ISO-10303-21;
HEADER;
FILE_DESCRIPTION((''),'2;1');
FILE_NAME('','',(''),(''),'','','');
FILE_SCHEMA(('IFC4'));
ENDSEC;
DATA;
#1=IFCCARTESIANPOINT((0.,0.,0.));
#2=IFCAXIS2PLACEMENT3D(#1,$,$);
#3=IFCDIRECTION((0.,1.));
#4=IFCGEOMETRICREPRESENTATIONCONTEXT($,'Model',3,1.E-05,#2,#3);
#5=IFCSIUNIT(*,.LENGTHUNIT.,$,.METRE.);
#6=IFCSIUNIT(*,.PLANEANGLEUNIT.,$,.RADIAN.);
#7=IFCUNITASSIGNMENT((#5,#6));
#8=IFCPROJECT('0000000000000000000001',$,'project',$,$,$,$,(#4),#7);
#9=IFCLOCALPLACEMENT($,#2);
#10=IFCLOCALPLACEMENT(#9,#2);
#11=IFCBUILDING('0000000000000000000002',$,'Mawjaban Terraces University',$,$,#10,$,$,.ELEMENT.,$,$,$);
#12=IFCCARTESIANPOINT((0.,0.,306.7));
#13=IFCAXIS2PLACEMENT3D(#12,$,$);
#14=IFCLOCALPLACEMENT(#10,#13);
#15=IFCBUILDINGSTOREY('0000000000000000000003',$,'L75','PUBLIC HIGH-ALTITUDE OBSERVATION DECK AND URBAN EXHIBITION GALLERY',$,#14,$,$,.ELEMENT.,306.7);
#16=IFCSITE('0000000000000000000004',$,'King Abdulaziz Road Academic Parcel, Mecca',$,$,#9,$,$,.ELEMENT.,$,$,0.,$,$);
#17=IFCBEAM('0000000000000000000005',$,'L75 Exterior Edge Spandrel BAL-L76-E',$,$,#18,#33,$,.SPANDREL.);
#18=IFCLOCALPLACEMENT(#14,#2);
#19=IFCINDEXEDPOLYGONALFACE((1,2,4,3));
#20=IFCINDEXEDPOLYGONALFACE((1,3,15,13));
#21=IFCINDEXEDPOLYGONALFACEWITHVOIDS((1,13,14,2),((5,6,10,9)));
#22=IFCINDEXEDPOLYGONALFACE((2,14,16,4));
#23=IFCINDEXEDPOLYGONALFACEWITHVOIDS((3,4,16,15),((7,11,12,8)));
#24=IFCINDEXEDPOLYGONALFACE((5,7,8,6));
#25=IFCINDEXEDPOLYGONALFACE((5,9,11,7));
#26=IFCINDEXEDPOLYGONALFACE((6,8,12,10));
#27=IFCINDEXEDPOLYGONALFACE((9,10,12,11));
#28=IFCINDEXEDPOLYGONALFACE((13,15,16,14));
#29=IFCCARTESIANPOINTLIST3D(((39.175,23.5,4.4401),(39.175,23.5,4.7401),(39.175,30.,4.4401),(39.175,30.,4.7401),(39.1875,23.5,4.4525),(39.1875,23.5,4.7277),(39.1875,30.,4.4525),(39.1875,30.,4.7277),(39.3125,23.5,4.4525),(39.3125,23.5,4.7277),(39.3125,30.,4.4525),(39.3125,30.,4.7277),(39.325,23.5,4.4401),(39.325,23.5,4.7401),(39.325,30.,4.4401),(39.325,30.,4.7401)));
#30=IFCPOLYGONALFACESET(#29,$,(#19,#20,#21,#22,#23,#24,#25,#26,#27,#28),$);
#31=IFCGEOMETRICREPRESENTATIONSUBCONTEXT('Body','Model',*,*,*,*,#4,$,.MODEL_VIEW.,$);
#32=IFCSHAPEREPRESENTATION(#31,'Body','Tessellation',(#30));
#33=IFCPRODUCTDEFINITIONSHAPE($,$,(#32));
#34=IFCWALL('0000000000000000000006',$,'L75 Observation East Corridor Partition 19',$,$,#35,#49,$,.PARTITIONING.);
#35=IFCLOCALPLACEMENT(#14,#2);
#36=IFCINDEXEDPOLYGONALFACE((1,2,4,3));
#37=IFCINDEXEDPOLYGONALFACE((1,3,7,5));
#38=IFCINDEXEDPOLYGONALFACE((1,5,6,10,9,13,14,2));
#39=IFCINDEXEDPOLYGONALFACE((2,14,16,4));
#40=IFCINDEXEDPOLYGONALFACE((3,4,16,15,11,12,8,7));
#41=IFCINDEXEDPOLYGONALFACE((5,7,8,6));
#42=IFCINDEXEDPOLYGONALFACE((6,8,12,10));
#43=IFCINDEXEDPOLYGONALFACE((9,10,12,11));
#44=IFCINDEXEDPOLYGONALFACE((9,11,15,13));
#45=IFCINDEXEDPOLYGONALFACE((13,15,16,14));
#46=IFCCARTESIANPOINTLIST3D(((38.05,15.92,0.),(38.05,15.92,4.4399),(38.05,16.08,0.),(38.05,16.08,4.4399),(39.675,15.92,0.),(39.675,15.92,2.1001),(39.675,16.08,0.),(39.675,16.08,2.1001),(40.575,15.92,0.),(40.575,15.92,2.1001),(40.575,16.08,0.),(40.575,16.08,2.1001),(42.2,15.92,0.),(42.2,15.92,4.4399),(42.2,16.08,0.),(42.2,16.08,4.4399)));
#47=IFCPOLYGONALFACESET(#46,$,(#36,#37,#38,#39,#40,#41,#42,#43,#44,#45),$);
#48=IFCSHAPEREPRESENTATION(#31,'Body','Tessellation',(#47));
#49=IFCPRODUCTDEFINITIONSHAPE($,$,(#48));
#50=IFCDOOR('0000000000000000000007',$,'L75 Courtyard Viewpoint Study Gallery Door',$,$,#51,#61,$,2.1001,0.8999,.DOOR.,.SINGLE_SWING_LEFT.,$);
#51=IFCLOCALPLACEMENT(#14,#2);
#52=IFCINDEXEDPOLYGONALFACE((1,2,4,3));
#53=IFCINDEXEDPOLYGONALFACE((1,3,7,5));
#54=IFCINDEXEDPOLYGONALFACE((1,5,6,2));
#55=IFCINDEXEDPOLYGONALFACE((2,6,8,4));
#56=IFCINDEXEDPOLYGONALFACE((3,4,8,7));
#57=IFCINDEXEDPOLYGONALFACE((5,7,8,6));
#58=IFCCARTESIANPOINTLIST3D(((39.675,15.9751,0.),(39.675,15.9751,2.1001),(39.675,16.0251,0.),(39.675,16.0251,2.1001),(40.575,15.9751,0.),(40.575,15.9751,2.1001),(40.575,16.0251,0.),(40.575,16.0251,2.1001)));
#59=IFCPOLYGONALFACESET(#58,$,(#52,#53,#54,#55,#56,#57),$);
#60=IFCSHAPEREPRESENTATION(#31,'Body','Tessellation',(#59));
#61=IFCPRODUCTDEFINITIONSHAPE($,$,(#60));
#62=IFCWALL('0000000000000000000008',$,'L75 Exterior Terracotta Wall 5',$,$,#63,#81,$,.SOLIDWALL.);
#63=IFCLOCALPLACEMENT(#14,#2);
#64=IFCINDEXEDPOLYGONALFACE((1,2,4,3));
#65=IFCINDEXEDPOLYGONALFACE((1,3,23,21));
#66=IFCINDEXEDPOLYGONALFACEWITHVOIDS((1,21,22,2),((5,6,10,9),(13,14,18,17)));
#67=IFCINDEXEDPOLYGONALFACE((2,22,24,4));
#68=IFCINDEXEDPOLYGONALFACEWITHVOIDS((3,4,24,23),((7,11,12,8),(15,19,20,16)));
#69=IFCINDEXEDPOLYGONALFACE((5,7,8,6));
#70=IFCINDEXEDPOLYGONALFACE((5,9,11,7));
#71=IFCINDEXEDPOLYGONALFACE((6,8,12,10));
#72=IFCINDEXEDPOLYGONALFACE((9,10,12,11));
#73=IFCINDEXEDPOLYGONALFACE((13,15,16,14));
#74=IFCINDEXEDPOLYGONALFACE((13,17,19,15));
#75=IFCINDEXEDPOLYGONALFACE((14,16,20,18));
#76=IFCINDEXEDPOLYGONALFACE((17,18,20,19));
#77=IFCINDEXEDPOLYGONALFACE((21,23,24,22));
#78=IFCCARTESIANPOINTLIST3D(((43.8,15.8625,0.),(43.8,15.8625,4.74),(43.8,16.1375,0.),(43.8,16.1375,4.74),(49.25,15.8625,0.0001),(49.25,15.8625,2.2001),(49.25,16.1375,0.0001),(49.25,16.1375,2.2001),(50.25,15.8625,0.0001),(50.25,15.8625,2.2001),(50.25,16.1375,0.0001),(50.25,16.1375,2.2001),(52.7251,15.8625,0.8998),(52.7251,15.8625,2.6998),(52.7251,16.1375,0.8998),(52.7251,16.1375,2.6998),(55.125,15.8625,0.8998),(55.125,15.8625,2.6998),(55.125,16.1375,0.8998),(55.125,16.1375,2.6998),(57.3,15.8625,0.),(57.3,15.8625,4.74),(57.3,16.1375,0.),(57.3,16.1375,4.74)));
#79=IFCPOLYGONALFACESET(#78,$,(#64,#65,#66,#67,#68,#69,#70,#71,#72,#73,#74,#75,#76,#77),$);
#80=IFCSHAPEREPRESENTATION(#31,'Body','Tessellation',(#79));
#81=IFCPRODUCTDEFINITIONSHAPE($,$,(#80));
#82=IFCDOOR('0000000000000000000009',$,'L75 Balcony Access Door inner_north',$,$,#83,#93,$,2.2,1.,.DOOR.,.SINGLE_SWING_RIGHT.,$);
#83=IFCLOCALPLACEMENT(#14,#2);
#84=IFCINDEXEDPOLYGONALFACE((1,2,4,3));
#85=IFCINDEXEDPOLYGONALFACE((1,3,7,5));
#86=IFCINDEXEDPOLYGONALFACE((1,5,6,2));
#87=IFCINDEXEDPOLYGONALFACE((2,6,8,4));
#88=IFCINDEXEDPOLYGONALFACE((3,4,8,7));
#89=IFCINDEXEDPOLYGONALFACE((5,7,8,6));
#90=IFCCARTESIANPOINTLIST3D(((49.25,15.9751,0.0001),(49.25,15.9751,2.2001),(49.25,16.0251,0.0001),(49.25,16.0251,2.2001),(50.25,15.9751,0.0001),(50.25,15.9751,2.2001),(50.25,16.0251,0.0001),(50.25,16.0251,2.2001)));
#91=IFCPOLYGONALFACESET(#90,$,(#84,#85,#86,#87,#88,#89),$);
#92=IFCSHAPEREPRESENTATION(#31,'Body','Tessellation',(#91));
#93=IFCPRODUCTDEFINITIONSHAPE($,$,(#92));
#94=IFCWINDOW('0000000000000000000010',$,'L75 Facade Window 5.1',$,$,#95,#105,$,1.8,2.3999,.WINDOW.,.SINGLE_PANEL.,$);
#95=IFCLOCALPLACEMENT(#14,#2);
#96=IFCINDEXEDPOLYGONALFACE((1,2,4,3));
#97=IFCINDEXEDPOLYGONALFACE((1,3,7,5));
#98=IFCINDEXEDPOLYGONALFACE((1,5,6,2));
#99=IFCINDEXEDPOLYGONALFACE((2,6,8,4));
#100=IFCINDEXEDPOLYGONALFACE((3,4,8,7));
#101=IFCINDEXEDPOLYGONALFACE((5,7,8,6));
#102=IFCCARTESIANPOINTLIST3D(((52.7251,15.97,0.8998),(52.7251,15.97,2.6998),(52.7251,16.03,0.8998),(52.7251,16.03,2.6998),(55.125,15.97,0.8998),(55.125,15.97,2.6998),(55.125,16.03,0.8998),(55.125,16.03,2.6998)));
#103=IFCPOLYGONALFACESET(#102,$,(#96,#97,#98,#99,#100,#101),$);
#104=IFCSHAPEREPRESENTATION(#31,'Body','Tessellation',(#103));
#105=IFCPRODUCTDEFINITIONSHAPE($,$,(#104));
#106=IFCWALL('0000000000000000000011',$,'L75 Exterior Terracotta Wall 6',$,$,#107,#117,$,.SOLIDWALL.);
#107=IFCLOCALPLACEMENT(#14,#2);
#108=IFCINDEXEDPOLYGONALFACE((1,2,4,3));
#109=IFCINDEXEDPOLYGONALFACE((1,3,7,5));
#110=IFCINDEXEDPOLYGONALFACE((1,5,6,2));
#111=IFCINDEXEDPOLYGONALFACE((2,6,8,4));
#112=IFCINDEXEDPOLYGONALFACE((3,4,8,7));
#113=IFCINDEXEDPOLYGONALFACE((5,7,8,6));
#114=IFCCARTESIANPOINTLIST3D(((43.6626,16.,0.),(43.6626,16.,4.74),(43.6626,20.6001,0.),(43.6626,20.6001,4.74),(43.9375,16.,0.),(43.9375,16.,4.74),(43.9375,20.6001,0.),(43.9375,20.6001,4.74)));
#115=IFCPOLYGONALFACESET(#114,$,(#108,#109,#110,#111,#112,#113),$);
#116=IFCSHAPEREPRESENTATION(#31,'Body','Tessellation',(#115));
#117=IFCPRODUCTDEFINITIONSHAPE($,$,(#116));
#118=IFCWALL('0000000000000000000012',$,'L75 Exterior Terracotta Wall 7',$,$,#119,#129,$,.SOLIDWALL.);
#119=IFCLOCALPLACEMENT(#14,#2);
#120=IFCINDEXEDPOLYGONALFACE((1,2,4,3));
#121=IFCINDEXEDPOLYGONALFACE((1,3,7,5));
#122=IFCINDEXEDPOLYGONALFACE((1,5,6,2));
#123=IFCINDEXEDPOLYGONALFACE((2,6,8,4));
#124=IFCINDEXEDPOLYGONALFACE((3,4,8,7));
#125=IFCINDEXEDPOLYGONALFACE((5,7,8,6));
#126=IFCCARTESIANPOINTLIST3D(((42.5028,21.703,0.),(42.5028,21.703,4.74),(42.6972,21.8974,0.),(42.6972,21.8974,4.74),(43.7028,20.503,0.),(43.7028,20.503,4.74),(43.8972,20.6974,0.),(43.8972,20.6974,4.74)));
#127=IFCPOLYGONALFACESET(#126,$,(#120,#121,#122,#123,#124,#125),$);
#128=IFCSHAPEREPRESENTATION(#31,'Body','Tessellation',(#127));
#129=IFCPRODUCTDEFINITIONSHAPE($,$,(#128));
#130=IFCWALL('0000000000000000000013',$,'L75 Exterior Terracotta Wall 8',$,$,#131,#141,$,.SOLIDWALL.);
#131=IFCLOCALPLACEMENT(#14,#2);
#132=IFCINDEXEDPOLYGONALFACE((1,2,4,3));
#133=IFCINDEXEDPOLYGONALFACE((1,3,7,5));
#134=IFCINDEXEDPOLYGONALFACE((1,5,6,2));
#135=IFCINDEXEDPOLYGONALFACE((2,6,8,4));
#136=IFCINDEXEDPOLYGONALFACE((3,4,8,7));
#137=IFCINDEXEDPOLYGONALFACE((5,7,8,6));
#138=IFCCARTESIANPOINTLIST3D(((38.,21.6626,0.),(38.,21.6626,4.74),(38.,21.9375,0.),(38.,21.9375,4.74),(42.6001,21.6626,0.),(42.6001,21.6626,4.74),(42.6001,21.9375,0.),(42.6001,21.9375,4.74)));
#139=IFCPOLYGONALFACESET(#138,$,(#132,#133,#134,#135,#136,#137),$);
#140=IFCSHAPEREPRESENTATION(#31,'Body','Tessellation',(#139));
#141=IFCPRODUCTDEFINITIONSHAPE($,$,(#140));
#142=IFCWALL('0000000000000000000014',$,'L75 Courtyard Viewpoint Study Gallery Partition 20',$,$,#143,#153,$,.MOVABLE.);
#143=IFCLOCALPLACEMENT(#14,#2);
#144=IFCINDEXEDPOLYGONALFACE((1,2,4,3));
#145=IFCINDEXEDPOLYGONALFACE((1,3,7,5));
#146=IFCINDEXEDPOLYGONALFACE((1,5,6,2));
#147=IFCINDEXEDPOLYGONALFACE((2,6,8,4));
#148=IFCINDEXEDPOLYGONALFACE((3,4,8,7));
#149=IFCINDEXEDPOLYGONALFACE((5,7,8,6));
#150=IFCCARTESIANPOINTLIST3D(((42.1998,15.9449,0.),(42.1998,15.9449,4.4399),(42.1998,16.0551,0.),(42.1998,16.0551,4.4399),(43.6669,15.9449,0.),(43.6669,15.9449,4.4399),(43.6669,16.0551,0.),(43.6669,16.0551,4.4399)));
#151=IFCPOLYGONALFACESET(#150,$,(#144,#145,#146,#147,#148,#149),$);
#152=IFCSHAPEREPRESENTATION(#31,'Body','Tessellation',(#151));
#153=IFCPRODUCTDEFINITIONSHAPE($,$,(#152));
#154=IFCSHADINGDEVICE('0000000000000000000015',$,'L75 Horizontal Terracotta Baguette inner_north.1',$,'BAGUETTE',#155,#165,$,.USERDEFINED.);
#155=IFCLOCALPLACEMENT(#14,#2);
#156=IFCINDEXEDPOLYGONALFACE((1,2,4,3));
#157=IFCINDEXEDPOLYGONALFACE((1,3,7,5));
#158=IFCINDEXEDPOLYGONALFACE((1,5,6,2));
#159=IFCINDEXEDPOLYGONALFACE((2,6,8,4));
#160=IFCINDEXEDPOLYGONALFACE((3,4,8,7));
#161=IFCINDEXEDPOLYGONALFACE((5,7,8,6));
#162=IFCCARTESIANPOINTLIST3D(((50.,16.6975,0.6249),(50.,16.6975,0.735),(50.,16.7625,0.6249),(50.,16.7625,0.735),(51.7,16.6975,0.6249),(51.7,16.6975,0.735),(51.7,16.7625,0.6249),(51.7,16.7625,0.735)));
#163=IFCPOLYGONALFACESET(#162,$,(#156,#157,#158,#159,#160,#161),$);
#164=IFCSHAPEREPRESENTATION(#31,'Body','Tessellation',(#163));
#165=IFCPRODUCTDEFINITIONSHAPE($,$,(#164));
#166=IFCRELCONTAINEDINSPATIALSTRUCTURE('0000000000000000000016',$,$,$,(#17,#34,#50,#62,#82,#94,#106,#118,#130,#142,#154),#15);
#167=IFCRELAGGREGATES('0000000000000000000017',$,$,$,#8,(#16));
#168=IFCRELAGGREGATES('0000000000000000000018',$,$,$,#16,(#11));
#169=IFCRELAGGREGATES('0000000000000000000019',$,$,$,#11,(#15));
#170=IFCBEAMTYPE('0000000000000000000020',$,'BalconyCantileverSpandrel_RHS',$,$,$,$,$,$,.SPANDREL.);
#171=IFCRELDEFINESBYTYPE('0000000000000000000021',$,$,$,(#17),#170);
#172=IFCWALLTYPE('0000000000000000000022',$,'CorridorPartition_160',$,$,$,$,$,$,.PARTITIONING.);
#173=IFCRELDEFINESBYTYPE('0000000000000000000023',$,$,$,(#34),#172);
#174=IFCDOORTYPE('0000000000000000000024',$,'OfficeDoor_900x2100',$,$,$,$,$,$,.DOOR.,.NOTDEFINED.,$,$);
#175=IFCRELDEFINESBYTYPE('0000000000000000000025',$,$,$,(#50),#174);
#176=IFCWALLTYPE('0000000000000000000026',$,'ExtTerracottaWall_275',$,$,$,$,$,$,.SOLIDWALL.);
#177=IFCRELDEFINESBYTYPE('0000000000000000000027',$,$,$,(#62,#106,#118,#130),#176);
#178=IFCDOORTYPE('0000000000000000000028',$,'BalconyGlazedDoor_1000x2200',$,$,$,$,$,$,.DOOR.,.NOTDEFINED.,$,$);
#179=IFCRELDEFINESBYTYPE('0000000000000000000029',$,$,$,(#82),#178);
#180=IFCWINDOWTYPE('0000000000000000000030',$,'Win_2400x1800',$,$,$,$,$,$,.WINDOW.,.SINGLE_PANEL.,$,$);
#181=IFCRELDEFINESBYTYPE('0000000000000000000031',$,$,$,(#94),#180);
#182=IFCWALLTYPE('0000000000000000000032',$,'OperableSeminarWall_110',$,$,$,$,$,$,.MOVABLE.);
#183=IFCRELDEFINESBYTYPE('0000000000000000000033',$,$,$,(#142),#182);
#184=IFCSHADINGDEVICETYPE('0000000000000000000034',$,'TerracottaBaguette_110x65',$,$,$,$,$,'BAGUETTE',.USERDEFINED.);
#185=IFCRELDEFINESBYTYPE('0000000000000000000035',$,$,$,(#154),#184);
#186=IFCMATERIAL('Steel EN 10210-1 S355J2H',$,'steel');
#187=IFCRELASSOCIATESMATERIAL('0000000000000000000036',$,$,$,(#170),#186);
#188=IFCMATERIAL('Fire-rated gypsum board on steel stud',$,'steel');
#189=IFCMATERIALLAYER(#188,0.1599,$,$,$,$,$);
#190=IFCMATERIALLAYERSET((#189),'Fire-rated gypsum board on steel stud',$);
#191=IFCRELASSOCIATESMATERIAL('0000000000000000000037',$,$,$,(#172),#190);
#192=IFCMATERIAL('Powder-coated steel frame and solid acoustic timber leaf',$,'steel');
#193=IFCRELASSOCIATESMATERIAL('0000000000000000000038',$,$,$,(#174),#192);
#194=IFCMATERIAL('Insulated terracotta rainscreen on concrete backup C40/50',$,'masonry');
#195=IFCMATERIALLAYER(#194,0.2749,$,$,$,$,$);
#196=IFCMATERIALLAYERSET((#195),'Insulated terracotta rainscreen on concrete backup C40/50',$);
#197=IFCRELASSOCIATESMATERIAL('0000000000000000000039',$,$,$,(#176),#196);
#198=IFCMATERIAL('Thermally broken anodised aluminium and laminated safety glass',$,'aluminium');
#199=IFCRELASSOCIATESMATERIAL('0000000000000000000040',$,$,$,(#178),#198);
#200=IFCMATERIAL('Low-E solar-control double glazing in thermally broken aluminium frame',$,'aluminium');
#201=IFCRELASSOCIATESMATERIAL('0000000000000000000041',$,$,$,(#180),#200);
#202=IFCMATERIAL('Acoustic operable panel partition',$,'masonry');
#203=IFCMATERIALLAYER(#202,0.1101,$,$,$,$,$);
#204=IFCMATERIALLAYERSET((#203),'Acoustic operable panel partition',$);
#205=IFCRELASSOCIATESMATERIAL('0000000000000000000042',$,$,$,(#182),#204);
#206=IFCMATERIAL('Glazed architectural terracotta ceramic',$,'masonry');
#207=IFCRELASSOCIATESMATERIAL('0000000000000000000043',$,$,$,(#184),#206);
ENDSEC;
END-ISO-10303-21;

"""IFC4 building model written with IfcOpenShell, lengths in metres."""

from ifc_helpers import new_model, si_unit, direction, frame, frame_2d, origin, origin_2d, place, context, subcontext, project, spatial, rectangle, hollow_rectangle, extrude, material, layer, layer_set, material_profile, profile_set, type_object, element, fill, save


model = new_model("IFC4")

# Units and contexts
model_context = context("Model", 3, precision=1e-05, world=origin(), true_north=direction((0.0, 1.0)))
body_context = subcontext(model_context, "Body", "Model", "MODEL_VIEW")
ifc_project = project(units=[si_unit("LENGTHUNIT", "METRE"), si_unit("PLANEANGLEUNIT", "RADIAN")], contexts=[model_context])

# Site, building, storey
site_placement = place(None, origin())
site = spatial("IfcSite", under=ifc_project, at=site_placement, Name="King Abdulaziz Road Academic Parcel, Mecca", CompositionType="ELEMENT", RefElevation=0.0)
building_placement = place(site_placement, origin())
building = spatial("IfcBuilding", under=site, at=building_placement, Name="Mawjaban Terraces University", CompositionType="ELEMENT")
storey_placement = place(building_placement, frame((0.0, 0.0, 306.7)))
storey = spatial("IfcBuildingStorey", under=building, at=storey_placement, Name="L75", Description="PUBLIC HIGH-ALTITUDE OBSERVATION DECK AND URBAN EXHIBITION GALLERY", CompositionType="ELEMENT", Elevation=306.7)

# Beam
ifc_material_1 = material(Name="Steel EN 10210-1 S355J2H", Category="steel")
ifc_material_profile_1 = material_profile(ifc_material_1, hollow_rectangle(XDim=0.1499, YDim=0.3, WallThickness=0.0125, at=origin_2d()), Name="RHS300X150X12.5")
ifc_profile_set_1 = profile_set([ifc_material_profile_1], Name="Steel EN 10210-1 S355J2H")
beam_type = type_object("IfcBeamType", Name="BalconyCantileverSpandrel_RHS", PredefinedType="SPANDREL", material=ifc_profile_set_1)
beam_placement = place(storey_placement, frame((39.25, 23.5, 4.5901), z_axis=(0.0, 1.0, 0.0), x_axis=(-1.0, 0.0, 0.0)))
element("IfcBeam", 1, at=beam_placement, inside=storey, type_object=beam_type, Name="L75 Exterior Edge Spandrel BAL-L76-E", PredefinedType="SPANDREL", context=body_context, shape_type="SweptSolid", body=[
    extrude(hollow_rectangle(XDim=0.1499, YDim=0.3, WallThickness=0.0125, at=origin_2d()), origin(), (0.0, 0.0, 1.0), 6.5),
])

# Wall, opening, door
ifc_material_2 = material(Name="Fire-rated gypsum board on steel stud", Category="steel")
ifc_layer_1 = layer(ifc_material_2, 0.1599)
ifc_layer_set_1 = layer_set([ifc_layer_1], Name="Fire-rated gypsum board on steel stud")
wall_type_1 = type_object("IfcWallType", Name="CorridorPartition_160", PredefinedType="PARTITIONING", material=ifc_layer_set_1)
wall_1_placement = place(storey_placement, frame((42.2, 16.0, 0.0), z_axis=(0.0, 0.0, 1.0), x_axis=(-1.0, 0.0, 0.0)))
wall_1 = element("IfcWall", 2, at=wall_1_placement, inside=storey, type_object=wall_type_1, Name="L75 Observation East Corridor Partition 19", PredefinedType="PARTITIONING", context=body_context, shape_type="SweptSolid", body=[
    extrude(rectangle(XDim=4.1499, YDim=0.1599, at=frame_2d((2.075, 0.0))), origin(), (0.0, 0.0, 1.0), 4.4399),
])
opening_1_placement = place(wall_1_placement, frame((1.625, 0.0, 0.0)))
opening_1 = element("IfcOpeningElement", 3, at=opening_1_placement, cuts=wall_1, PredefinedType="OPENING", context=body_context, shape_type="SweptSolid", body=[
    extrude(rectangle(XDim=0.8999, YDim=2.1001, at=frame_2d((0.45, 1.05))), frame((0.0, 0.0898, 0.0), z_axis=(0.0, -1.0, 0.0), x_axis=(1.0, 0.0, 0.0)), (0.0, 0.0, 1.0), 0.1799),
])
ifc_material_3 = material(Name="Powder-coated steel frame and solid acoustic timber leaf", Category="steel")
door_type_1 = type_object("IfcDoorType", Name="OfficeDoor_900x2100", OperationType="NOTDEFINED", PredefinedType="DOOR", material=ifc_material_3)
door_1_placement = place(opening_1_placement, origin())
door_1 = element("IfcDoor", 4, at=door_1_placement, inside=storey, type_object=door_type_1, Name="L75 Courtyard Viewpoint Study Gallery Door", OperationType="SINGLE_SWING_LEFT", OverallHeight=2.1001, OverallWidth=0.8999, PredefinedType="DOOR", context=body_context, shape_type="SweptSolid", body=[
    extrude(rectangle(XDim=0.8999, YDim=2.1001, at=frame_2d((0.45, 1.05))), frame((0.0, 0.0249, 0.0), z_axis=(0.0, -1.0, 0.0), x_axis=(1.0, 0.0, 0.0)), (0.0, 0.0, 1.0), 0.05),
])
fill(opening_1, door_1)

# Wall, openings, door, window
ifc_material_4 = material(Name="Insulated terracotta rainscreen on concrete backup C40/50", Category="masonry")
ifc_layer_2 = layer(ifc_material_4, 0.2749)
ifc_layer_set_2 = layer_set([ifc_layer_2], Name="Insulated terracotta rainscreen on concrete backup C40/50")
wall_type_2 = type_object("IfcWallType", Name="ExtTerracottaWall_275", PredefinedType="SOLIDWALL", material=ifc_layer_set_2)
wall_2_placement = place(storey_placement, frame((57.3, 16.0, 0.0), z_axis=(0.0, 0.0, 1.0), x_axis=(-1.0, 0.0, 0.0)))
wall_2 = element("IfcWall", 5, at=wall_2_placement, inside=storey, type_object=wall_type_2, Name="L75 Exterior Terracotta Wall 5", PredefinedType="SOLIDWALL", context=body_context, shape_type="SweptSolid", body=[
    extrude(rectangle(XDim=13.5, YDim=0.2749, at=frame_2d((6.75, 0.0))), origin(), (0.0, 0.0, 1.0), 4.74),
])
opening_2_placement = place(wall_2_placement, frame((7.05, 0.0, 0.0)))
opening_2 = element("IfcOpeningElement", 6, at=opening_2_placement, cuts=wall_2, PredefinedType="OPENING", context=body_context, shape_type="SweptSolid", body=[
    extrude(rectangle(XDim=1.0, YDim=2.2, at=frame_2d((0.5, 1.1001))), frame((0.0, 0.1475, 0.0), z_axis=(0.0, -1.0, 0.0), x_axis=(1.0, 0.0, 0.0)), (0.0, 0.0, 1.0), 0.2949),
])
opening_3_placement = place(wall_2_placement, frame((2.175, 0.0, 0.8999)))
opening_3 = element("IfcOpeningElement", 7, at=opening_3_placement, cuts=wall_2, PredefinedType="OPENING", context=body_context, shape_type="SweptSolid", body=[
    extrude(rectangle(XDim=2.3999, YDim=1.8, at=frame_2d((1.2, 0.8999))), frame((0.0, 0.1475, 0.0), z_axis=(0.0, -1.0, 0.0), x_axis=(1.0, 0.0, 0.0)), (0.0, 0.0, 1.0), 0.2949),
])
ifc_material_5 = material(Name="Thermally broken anodised aluminium and laminated safety glass", Category="aluminium")
door_type_2 = type_object("IfcDoorType", Name="BalconyGlazedDoor_1000x2200", OperationType="NOTDEFINED", PredefinedType="DOOR", material=ifc_material_5)
door_2_placement = place(opening_2_placement, origin())
door_2 = element("IfcDoor", 8, at=door_2_placement, inside=storey, type_object=door_type_2, Name="L75 Balcony Access Door inner_north", OperationType="SINGLE_SWING_RIGHT", OverallHeight=2.2, OverallWidth=1.0, PredefinedType="DOOR", context=body_context, shape_type="SweptSolid", body=[
    extrude(rectangle(XDim=1.0, YDim=2.2, at=frame_2d((0.5, 1.1001))), frame((0.0, 0.0249, 0.0), z_axis=(0.0, -1.0, 0.0), x_axis=(1.0, 0.0, 0.0)), (0.0, 0.0, 1.0), 0.05),
])
fill(opening_2, door_2)
ifc_material_6 = material(Name="Low-E solar-control double glazing in thermally broken aluminium frame", Category="aluminium")
window_type = type_object("IfcWindowType", Name="Win_2400x1800", PartitioningType="SINGLE_PANEL", PredefinedType="WINDOW", material=ifc_material_6)
window_placement = place(opening_3_placement, origin())
window = element("IfcWindow", 9, at=window_placement, inside=storey, type_object=window_type, Name="L75 Facade Window 5.1", OverallHeight=1.8, OverallWidth=2.3999, PartitioningType="SINGLE_PANEL", PredefinedType="WINDOW", context=body_context, shape_type="SweptSolid", body=[
    extrude(rectangle(XDim=2.3999, YDim=1.8, at=frame_2d((1.2, 0.8999))), frame((0.0, 0.03, 0.0), z_axis=(0.0, -1.0, 0.0), x_axis=(1.0, 0.0, 0.0)), (0.0, 0.0, 1.0), 0.0601),
])
fill(opening_3, window)

# Walls
wall_3_placement = place(storey_placement, frame((43.8, 16.0, 0.0), z_axis=(0.0, 0.0, 1.0), x_axis=(0.0, 1.0, 0.0)))
element("IfcWall", 10, at=wall_3_placement, inside=storey, type_object=wall_type_2, Name="L75 Exterior Terracotta Wall 6", PredefinedType="SOLIDWALL", context=body_context, shape_type="SweptSolid", body=[
    extrude(rectangle(XDim=4.6001, YDim=0.2749, at=frame_2d((2.3, 0.0))), origin(), (0.0, 0.0, 1.0), 4.74),
])
wall_4_placement = place(storey_placement, frame((43.8, 20.6001, 0.0), z_axis=(0.0, 0.0, 1.0), x_axis=(-0.707107, 0.707107, 0.0)))
element("IfcWall", 11, at=wall_4_placement, inside=storey, type_object=wall_type_2, Name="L75 Exterior Terracotta Wall 7", PredefinedType="SOLIDWALL", context=body_context, shape_type="SweptSolid", body=[
    extrude(rectangle(XDim=1.697, YDim=0.2749, at=frame_2d((0.8486, 0.0))), origin(), (0.0, 0.0, 1.0), 4.74),
])
wall_5_placement = place(storey_placement, frame((42.6001, 21.8, 0.0), z_axis=(0.0, 0.0, 1.0), x_axis=(-1.0, 0.0, 0.0)))
element("IfcWall", 12, at=wall_5_placement, inside=storey, type_object=wall_type_2, Name="L75 Exterior Terracotta Wall 8", PredefinedType="SOLIDWALL", context=body_context, shape_type="SweptSolid", body=[
    extrude(rectangle(XDim=4.6001, YDim=0.2749, at=frame_2d((2.3, 0.0))), origin(), (0.0, 0.0, 1.0), 4.74),
])
ifc_material_7 = material(Name="Acoustic operable panel partition", Category="masonry")
ifc_layer_3 = layer(ifc_material_7, 0.1101)
ifc_layer_set_3 = layer_set([ifc_layer_3], Name="Acoustic operable panel partition")
wall_type_3 = type_object("IfcWallType", Name="OperableSeminarWall_110", PredefinedType="MOVABLE", material=ifc_layer_set_3)
wall_6_placement = place(storey_placement, frame((42.2, 16.0, 0.0), z_axis=(0.0, 0.0, 1.0), x_axis=(1.0, 0.0, 0.0)))
element("IfcWall", 13, at=wall_6_placement, inside=storey, type_object=wall_type_3, Name="L75 Courtyard Viewpoint Study Gallery Partition 20", PredefinedType="MOVABLE", context=body_context, shape_type="SweptSolid", body=[
    extrude(rectangle(XDim=1.467, YDim=0.1101, at=frame_2d((0.7334, 0.0))), origin(), (0.0, 0.0, 1.0), 4.4399),
])

# Shading device
ifc_material_8 = material(Name="Glazed architectural terracotta ceramic", Category="masonry")
ifc_material_profile_2 = material_profile(ifc_material_8, rectangle(XDim=0.0649, YDim=0.1101, at=origin_2d()), Name="TBAG110X65")
ifc_profile_set_2 = profile_set([ifc_material_profile_2], Name="Glazed architectural terracotta ceramic")
shading_device_type_1 = type_object("IfcShadingDeviceType", Name="TerracottaBaguette_110x65", ElementType="BAGUETTE", PredefinedType="USERDEFINED", material=ifc_profile_set_2)
for number, where, z_axis, x_axis, name in (
    (14, (50.0, 16.73, 0.6799), (1.0, 0.0, 0.0), (0.0, 1.0, 0.0), "L75 Horizontal Terracotta Baguette inner_north.1"),
):
    element("IfcShadingDevice", number, at=place(storey_placement, frame(where, z_axis=z_axis, x_axis=x_axis)), inside=storey, type_object=shading_device_type_1, Name=name, ObjectType="BAGUETTE", PredefinedType="USERDEFINED", context=body_context, shape_type="SweptSolid", body=[
        extrude(rectangle(XDim=0.0649, YDim=0.1101, at=origin_2d()), origin(), (0.0, 0.0, 1.0), 1.7),
    ])

save(model, "model.ifc")
